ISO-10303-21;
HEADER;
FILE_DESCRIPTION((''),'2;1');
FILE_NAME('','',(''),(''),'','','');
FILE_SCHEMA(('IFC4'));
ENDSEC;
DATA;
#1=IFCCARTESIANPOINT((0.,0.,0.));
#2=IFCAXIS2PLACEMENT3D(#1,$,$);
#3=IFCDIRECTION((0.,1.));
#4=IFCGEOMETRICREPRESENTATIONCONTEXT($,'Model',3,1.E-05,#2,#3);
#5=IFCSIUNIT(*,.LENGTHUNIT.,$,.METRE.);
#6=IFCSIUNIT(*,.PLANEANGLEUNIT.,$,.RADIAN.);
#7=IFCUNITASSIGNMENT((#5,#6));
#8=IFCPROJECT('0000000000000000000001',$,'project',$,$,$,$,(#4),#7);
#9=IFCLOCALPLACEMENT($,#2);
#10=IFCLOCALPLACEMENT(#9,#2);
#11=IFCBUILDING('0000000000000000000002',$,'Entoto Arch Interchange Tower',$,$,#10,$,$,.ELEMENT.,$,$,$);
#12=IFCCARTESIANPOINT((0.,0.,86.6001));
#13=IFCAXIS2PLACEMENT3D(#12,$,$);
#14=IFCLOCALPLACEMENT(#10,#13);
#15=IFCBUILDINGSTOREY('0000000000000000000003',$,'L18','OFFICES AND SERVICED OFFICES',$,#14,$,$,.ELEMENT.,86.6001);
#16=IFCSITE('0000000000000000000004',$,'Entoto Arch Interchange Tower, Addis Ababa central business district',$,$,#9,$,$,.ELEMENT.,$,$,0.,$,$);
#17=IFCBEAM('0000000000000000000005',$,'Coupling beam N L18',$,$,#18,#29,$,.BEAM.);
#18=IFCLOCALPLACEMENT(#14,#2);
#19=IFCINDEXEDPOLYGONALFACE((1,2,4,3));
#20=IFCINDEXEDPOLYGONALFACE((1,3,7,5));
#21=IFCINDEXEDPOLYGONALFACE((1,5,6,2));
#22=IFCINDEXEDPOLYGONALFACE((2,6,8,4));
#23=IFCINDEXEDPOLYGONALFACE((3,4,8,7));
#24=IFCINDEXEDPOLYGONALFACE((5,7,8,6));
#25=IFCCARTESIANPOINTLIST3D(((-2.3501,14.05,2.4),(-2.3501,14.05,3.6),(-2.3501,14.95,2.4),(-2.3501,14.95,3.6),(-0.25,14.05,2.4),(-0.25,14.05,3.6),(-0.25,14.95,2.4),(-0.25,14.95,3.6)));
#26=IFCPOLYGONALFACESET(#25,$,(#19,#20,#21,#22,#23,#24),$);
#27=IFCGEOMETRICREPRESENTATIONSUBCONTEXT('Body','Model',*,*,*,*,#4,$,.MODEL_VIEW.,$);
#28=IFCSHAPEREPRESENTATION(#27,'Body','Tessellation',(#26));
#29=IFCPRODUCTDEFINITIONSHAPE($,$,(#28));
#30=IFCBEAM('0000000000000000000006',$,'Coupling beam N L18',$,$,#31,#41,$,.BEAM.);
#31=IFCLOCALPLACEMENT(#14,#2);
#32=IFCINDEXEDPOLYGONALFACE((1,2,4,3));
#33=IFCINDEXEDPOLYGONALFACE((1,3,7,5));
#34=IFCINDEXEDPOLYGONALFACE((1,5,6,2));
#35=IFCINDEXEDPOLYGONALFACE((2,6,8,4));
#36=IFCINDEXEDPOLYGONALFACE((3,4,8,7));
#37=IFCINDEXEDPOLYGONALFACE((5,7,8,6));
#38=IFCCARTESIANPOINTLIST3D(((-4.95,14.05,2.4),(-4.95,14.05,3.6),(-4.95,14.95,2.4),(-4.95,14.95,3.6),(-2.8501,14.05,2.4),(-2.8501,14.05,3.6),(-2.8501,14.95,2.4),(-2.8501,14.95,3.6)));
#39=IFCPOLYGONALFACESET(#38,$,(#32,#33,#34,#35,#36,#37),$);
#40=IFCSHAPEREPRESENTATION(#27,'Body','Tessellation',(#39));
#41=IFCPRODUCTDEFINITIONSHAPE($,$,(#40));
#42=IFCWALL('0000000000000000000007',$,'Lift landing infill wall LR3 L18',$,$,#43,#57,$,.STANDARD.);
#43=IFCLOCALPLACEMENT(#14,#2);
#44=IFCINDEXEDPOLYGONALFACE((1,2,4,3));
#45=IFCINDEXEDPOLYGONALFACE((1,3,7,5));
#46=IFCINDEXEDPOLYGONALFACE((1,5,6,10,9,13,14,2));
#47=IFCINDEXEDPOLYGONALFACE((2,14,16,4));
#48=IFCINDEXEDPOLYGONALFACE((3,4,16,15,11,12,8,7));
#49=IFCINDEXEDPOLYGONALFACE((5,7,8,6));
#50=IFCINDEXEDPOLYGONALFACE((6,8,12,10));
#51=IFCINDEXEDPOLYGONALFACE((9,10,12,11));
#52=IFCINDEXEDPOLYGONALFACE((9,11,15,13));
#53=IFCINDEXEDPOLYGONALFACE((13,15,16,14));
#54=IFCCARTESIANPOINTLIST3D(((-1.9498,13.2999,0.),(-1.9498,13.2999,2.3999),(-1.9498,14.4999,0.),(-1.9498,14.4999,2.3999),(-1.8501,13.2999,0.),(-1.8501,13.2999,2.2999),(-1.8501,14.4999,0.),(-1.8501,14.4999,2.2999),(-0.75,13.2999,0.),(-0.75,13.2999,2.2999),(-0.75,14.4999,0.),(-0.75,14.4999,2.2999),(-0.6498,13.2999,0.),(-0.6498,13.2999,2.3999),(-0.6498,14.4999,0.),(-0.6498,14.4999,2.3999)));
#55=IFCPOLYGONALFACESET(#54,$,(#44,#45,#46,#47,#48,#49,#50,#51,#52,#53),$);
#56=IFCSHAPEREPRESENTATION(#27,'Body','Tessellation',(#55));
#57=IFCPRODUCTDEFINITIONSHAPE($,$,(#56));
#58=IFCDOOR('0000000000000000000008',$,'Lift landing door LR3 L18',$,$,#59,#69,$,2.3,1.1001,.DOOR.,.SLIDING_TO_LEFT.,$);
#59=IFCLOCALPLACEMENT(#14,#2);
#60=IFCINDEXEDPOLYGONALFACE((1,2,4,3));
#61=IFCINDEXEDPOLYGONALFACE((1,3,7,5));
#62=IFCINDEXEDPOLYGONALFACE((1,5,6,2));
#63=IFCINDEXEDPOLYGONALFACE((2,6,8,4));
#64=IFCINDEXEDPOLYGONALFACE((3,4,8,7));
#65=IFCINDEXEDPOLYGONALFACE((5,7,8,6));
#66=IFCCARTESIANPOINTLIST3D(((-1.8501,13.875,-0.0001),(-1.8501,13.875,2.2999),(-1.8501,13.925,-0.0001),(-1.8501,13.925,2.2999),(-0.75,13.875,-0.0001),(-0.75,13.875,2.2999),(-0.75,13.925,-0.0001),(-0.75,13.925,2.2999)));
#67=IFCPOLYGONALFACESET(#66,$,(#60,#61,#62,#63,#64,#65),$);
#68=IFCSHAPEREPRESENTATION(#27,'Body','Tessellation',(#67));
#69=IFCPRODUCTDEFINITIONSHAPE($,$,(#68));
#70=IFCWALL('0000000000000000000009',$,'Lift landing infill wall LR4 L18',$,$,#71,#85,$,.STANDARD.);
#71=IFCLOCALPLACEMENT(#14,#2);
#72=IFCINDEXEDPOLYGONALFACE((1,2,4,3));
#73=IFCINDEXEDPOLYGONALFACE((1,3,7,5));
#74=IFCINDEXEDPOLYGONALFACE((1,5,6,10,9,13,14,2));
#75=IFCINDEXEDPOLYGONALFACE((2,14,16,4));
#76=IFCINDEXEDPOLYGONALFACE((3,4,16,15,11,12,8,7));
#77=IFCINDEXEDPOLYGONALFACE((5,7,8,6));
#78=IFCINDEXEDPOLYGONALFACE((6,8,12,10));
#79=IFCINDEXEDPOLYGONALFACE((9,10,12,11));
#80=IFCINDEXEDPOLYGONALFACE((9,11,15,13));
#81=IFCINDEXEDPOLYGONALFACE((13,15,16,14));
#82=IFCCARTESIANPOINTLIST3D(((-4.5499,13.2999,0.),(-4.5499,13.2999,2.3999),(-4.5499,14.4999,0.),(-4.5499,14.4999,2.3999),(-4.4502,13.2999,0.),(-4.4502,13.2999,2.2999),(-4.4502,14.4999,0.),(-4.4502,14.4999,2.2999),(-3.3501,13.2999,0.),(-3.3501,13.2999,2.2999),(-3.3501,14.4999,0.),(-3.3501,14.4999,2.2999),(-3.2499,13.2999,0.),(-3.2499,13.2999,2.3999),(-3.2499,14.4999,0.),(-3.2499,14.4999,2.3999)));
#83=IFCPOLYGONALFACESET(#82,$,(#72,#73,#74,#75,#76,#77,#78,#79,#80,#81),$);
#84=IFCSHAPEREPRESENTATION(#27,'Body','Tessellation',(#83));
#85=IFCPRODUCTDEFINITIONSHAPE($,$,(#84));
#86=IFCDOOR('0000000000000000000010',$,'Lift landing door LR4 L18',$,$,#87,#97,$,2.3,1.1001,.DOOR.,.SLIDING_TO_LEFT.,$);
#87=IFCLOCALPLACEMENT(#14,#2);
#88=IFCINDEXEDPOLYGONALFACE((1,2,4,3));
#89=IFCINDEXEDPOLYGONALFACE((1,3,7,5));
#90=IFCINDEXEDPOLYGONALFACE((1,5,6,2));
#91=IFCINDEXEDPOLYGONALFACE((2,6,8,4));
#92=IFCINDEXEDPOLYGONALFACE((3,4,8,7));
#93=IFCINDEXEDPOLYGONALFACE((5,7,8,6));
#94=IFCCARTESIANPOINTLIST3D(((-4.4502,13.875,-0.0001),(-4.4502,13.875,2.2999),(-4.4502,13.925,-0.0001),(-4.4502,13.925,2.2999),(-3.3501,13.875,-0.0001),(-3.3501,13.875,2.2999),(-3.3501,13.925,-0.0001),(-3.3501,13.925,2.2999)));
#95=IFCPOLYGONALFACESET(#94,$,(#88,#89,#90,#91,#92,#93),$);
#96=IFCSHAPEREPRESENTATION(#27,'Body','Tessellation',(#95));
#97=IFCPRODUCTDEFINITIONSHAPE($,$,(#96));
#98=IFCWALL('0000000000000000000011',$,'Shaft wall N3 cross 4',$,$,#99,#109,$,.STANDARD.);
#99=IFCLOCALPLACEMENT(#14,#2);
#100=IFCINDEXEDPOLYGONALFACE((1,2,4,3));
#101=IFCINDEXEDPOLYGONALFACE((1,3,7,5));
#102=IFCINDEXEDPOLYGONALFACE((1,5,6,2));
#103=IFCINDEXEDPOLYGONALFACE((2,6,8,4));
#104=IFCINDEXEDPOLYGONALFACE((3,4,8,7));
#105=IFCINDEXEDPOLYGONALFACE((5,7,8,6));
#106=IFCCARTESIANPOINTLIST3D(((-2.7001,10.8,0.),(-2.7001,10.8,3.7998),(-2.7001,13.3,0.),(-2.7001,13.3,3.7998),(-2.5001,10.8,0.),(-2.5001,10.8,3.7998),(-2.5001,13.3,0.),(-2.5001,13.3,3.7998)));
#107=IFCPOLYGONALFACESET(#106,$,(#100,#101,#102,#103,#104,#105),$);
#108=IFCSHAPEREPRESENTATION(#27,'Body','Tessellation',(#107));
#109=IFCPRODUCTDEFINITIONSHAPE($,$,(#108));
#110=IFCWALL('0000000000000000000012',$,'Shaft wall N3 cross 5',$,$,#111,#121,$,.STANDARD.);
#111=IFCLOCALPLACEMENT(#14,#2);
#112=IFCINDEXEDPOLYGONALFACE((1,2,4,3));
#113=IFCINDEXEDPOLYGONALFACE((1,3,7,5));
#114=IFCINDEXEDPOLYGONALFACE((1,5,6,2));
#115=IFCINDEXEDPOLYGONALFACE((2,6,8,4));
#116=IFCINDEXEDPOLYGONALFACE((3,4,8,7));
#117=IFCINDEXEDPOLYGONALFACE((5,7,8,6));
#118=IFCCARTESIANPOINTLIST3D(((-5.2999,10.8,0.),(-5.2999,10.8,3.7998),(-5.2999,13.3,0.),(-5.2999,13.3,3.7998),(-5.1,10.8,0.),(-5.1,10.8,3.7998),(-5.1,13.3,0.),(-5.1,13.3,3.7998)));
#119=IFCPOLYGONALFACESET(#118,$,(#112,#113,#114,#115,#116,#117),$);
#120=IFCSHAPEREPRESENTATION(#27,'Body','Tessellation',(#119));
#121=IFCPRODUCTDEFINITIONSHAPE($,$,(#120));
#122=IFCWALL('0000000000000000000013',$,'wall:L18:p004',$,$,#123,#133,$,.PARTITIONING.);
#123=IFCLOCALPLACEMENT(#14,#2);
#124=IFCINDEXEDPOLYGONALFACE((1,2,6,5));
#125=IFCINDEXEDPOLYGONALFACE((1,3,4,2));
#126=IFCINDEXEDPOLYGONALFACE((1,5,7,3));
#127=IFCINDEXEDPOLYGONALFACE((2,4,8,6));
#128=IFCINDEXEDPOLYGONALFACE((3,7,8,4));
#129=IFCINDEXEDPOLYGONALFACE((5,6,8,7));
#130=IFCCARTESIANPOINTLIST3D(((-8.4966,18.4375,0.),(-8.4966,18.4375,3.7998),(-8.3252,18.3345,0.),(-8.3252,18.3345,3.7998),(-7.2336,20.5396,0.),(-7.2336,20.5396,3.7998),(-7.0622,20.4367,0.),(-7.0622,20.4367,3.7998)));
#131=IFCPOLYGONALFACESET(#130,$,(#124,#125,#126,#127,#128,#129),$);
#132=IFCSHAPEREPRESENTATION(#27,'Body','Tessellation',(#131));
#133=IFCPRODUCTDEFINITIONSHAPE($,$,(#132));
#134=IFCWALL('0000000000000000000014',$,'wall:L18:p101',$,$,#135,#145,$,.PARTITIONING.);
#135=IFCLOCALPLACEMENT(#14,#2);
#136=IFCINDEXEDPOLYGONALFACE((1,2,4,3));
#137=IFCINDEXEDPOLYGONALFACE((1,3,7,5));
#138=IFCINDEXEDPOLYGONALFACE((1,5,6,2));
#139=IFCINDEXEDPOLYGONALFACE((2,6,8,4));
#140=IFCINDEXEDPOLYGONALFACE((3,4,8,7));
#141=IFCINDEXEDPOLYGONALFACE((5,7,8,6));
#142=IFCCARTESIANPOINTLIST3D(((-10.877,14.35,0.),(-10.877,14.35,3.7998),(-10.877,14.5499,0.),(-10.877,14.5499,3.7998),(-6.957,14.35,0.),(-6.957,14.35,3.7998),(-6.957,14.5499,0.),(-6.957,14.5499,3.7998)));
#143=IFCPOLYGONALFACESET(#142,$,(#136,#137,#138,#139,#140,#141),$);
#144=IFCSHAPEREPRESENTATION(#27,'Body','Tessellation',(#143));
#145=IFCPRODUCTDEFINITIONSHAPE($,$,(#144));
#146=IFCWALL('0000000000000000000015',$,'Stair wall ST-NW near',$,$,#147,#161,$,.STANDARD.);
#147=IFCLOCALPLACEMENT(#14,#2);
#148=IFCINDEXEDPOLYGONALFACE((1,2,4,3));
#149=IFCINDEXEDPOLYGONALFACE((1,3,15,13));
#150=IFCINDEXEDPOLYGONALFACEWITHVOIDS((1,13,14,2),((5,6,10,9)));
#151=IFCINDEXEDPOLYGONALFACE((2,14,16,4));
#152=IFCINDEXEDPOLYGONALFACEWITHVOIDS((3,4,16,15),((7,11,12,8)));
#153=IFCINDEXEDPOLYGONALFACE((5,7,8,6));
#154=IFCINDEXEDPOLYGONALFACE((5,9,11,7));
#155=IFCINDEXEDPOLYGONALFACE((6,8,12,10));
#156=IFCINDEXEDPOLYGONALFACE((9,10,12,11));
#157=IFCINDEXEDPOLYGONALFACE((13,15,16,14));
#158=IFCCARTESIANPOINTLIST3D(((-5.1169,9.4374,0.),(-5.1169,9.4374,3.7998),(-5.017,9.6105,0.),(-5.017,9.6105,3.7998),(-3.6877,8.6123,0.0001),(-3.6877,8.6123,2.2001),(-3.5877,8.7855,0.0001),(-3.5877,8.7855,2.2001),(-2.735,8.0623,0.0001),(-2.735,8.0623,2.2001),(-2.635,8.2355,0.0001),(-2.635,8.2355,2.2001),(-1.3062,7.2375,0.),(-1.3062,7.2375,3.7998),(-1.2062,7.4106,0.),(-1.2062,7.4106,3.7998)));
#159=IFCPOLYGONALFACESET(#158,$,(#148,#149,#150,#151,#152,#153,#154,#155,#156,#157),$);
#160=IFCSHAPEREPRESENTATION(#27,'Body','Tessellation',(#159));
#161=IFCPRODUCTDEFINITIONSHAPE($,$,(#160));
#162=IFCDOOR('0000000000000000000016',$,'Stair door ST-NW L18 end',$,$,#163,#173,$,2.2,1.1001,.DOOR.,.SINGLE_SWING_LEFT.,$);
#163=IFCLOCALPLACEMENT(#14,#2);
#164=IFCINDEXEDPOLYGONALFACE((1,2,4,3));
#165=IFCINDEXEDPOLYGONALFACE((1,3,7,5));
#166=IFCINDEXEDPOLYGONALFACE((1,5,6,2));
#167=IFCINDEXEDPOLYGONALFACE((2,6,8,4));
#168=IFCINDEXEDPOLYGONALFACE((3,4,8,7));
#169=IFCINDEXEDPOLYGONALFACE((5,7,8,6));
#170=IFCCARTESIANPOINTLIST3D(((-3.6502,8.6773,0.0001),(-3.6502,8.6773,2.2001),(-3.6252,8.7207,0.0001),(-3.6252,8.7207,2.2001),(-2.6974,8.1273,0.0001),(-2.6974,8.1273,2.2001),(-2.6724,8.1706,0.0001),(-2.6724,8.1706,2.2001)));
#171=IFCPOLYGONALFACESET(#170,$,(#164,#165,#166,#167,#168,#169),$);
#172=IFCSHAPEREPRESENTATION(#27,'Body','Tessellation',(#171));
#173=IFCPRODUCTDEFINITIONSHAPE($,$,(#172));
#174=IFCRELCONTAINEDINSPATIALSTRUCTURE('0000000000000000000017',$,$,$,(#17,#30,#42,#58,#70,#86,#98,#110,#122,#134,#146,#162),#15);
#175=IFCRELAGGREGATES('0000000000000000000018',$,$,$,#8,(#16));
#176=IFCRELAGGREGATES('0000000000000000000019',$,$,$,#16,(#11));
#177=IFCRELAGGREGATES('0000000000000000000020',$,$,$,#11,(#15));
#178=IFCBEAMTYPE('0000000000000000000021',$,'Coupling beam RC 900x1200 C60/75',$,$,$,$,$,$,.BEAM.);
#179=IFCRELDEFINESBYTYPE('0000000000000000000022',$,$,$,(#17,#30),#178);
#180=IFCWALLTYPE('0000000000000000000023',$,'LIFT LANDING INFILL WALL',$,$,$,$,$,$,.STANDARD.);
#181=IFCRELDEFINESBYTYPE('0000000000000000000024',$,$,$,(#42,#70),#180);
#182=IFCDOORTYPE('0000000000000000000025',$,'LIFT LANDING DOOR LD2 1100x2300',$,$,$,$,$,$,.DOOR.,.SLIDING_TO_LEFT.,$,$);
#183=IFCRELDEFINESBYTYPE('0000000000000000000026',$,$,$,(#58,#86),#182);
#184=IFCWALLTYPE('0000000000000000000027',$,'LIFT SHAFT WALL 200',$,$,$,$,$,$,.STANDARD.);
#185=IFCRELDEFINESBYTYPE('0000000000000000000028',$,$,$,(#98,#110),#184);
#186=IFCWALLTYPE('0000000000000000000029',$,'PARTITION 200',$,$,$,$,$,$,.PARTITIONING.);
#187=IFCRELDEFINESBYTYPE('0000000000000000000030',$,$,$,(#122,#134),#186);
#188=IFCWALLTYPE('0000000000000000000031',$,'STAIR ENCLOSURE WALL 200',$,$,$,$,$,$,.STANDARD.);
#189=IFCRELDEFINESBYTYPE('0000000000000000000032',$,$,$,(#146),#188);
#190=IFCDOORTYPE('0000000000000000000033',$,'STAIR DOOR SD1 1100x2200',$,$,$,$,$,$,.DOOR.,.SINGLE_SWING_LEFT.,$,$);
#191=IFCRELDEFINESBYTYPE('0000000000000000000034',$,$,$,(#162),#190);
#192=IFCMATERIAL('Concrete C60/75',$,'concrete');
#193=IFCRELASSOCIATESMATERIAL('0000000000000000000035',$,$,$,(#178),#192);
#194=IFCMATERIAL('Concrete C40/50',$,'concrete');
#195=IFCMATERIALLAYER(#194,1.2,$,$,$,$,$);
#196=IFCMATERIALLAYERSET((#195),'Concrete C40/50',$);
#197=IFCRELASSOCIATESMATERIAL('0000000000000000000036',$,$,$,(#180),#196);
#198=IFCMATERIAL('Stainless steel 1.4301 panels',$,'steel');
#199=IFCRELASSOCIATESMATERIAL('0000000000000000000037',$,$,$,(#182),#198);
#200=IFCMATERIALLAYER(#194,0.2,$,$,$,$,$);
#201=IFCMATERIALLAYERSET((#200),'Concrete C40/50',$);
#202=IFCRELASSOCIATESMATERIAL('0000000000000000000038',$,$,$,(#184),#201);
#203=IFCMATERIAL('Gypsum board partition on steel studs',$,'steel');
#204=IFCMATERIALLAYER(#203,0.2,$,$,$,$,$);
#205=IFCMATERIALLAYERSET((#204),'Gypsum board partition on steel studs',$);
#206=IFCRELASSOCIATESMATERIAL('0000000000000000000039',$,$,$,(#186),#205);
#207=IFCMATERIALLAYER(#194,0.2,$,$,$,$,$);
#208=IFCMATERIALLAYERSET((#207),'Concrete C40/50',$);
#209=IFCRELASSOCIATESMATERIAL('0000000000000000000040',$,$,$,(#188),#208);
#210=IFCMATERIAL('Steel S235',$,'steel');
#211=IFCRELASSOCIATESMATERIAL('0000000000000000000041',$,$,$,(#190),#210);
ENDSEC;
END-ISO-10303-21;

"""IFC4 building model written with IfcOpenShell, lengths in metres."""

from ifc_helpers import new_model, si_unit, direction, frame, frame_2d, origin, origin_2d, place, context, subcontext, project, spatial, rectangle, extrude, material, layer, layer_set, material_profile, profile_set, type_object, element, fill, save


model = new_model("IFC4")

# Units and contexts
model_context = context("Model", 3, precision=1e-05, world=origin(), true_north=direction((0.0, 1.0)))
body_context = subcontext(model_context, "Body", "Model", "MODEL_VIEW")
ifc_project = project(units=[si_unit("LENGTHUNIT", "METRE"), si_unit("PLANEANGLEUNIT", "RADIAN")], contexts=[model_context])

# Site, building, storey
site_placement = place(None, origin())
site = spatial("IfcSite", under=ifc_project, at=site_placement, Name="Entoto Arch Interchange Tower, Addis Ababa central business district", CompositionType="ELEMENT", RefElevation=0.0)
building_placement = place(site_placement, origin())
building = spatial("IfcBuilding", under=site, at=building_placement, Name="Entoto Arch Interchange Tower", CompositionType="ELEMENT")
storey_placement = place(building_placement, frame((0.0, 0.0, 86.6001)))
storey = spatial("IfcBuildingStorey", under=building, at=storey_placement, Name="L18", Description="OFFICES AND SERVICED OFFICES", CompositionType="ELEMENT", Elevation=86.6001)

# Beams
ifc_material_1 = material(Name="Concrete C60/75", Category="concrete")
ifc_material_profile = material_profile(ifc_material_1, rectangle(XDim=0.8999, YDim=1.2, at=origin_2d()))
ifc_profile_set = profile_set([ifc_material_profile], Name="Concrete C60/75")
beam_type = type_object("IfcBeamType", Name="Coupling beam RC 900x1200 C60/75", PredefinedType="BEAM", material=ifc_profile_set)
beam_1_placement = place(storey_placement, frame((-0.25, 14.5, 3.0), z_axis=(-1.0, 0.0, 0.0), x_axis=(0.0, -1.0, 0.0)))
element("IfcBeam", 1, at=beam_1_placement, inside=storey, type_object=beam_type, Name="Coupling beam N L18", PredefinedType="BEAM", context=body_context, shape_type="SweptSolid", body=[
    extrude(rectangle(XDim=0.8999, YDim=1.2, at=origin_2d()), origin(), (0.0, 0.0, 1.0), 2.1001),
])
beam_2_placement = place(storey_placement, frame((-2.8501, 14.5, 3.0), z_axis=(-1.0, 0.0, 0.0), x_axis=(0.0, -1.0, 0.0)))
element("IfcBeam", 2, at=beam_2_placement, inside=storey, type_object=beam_type, Name="Coupling beam N L18", PredefinedType="BEAM", context=body_context, shape_type="SweptSolid", body=[
    extrude(rectangle(XDim=0.8999, YDim=1.2, at=origin_2d()), origin(), (0.0, 0.0, 1.0), 2.0999),
])

# Walls, openings, doors
ifc_material_2 = material(Name="Concrete C40/50", Category="concrete")
ifc_layer_1 = layer(ifc_material_2, 1.2)
ifc_layer_set_1 = layer_set([ifc_layer_1], Name="Concrete C40/50")
wall_type_1 = type_object("IfcWallType", Name="LIFT LANDING INFILL WALL", PredefinedType="STANDARD", material=ifc_layer_set_1)
wall_1_placement = place(storey_placement, frame((-0.6499, 13.8999, 0.0), z_axis=(0.0, 0.0, 1.0), x_axis=(-1.0, 0.0, 0.0)))
wall_1 = element("IfcWall", 3, at=wall_1_placement, inside=storey, type_object=wall_type_1, Name="Lift landing infill wall LR3 L18", PredefinedType="STANDARD", context=body_context, shape_type="SweptSolid", body=[
    extrude(rectangle(XDim=1.3, YDim=1.2, at=frame_2d((0.6499, 0.0))), origin(), (0.0, 0.0, 1.0), 2.3999),
])
opening_1_placement = place(wall_1_placement, frame((0.1001, 0.0, 0.0)))
opening_1 = element("IfcOpeningElement", 4, at=opening_1_placement, cuts=wall_1, PredefinedType="OPENING", context=body_context, shape_type="SweptSolid", body=[
    extrude(rectangle(XDim=1.1001, YDim=2.3, at=frame_2d((0.55, 1.1499))), frame((0.0, 0.6099, 0.0), z_axis=(0.0, -1.0, 0.0), x_axis=(1.0, 0.0, 0.0)), (0.0, 0.0, 1.0), 1.22),
])
ifc_material_3 = material(Name="Stainless steel 1.4301 panels", Category="steel")
door_type_1 = type_object("IfcDoorType", Name="LIFT LANDING DOOR LD2 1100x2300", OperationType="SLIDING_TO_LEFT", PredefinedType="DOOR", material=ifc_material_3)
door_1_placement = place(opening_1_placement, origin())
door_1 = element("IfcDoor", 5, at=door_1_placement, inside=storey, type_object=door_type_1, Name="Lift landing door LR3 L18", OperationType="SLIDING_TO_LEFT", OverallHeight=2.3, OverallWidth=1.1001, PredefinedType="DOOR", context=body_context, shape_type="SweptSolid", body=[
    extrude(rectangle(XDim=1.1001, YDim=2.3, at=frame_2d((0.55, 1.1499))), frame((0.0, 0.0249, 0.0), z_axis=(0.0, -1.0, 0.0), x_axis=(1.0, 0.0, 0.0)), (0.0, 0.0, 1.0), 0.05),
])
fill(opening_1, door_1)
wall_2_placement = place(storey_placement, frame((-3.25, 13.8999, 0.0), z_axis=(0.0, 0.0, 1.0), x_axis=(-1.0, 0.0, 0.0)))
wall_2 = element("IfcWall", 6, at=wall_2_placement, inside=storey, type_object=wall_type_1, Name="Lift landing infill wall LR4 L18", PredefinedType="STANDARD", context=body_context, shape_type="SweptSolid", body=[
    extrude(rectangle(XDim=1.3, YDim=1.2, at=frame_2d((0.6499, 0.0))), origin(), (0.0, 0.0, 1.0), 2.3999),
])
opening_2_placement = place(wall_2_placement, frame((0.1001, 0.0, 0.0)))
opening_2 = element("IfcOpeningElement", 7, at=opening_2_placement, cuts=wall_2, PredefinedType="OPENING", context=body_context, shape_type="SweptSolid", body=[
    extrude(rectangle(XDim=1.1001, YDim=2.3, at=frame_2d((0.55, 1.1499))), frame((0.0, 0.6099, 0.0), z_axis=(0.0, -1.0, 0.0), x_axis=(1.0, 0.0, 0.0)), (0.0, 0.0, 1.0), 1.22),
])
door_2_placement = place(opening_2_placement, origin())
door_2 = element("IfcDoor", 8, at=door_2_placement, inside=storey, type_object=door_type_1, Name="Lift landing door LR4 L18", OperationType="SLIDING_TO_LEFT", OverallHeight=2.3, OverallWidth=1.1001, PredefinedType="DOOR", context=body_context, shape_type="SweptSolid", body=[
    extrude(rectangle(XDim=1.1001, YDim=2.3, at=frame_2d((0.55, 1.1499))), frame((0.0, 0.0249, 0.0), z_axis=(0.0, -1.0, 0.0), x_axis=(1.0, 0.0, 0.0)), (0.0, 0.0, 1.0), 0.05),
])
fill(opening_2, door_2)

# Walls
ifc_layer_2 = layer(ifc_material_2, 0.2)
ifc_layer_set_2 = layer_set([ifc_layer_2], Name="Concrete C40/50")
wall_type_2 = type_object("IfcWallType", Name="LIFT SHAFT WALL 200", PredefinedType="STANDARD", material=ifc_layer_set_2)
for number, where, z_axis, x_axis, name in (
    (9, (-2.6001, 10.8, 0.0), (0.0, 0.0, 1.0), (0.0, 1.0, 0.0), "Shaft wall N3 cross 4"),
    (10, (-5.2, 10.8, 0.0), (0.0, 0.0, 1.0), (0.0, 1.0, 0.0), "Shaft wall N3 cross 5"),
):
    element("IfcWall", number, at=place(storey_placement, frame(where, z_axis=z_axis, x_axis=x_axis)), inside=storey, type_object=wall_type_2, Name=name, PredefinedType="STANDARD", context=body_context, shape_type="SweptSolid", body=[
        extrude(rectangle(XDim=2.5, YDim=0.2, at=frame_2d((1.25, 0.0))), origin(), (0.0, 0.0, 1.0), 3.7998),
    ])
ifc_material_4 = material(Name="Gypsum board partition on steel studs", Category="steel")
ifc_layer_3 = layer(ifc_material_4, 0.2)
ifc_layer_set_3 = layer_set([ifc_layer_3], Name="Gypsum board partition on steel studs")
wall_type_3 = type_object("IfcWallType", Name="PARTITION 200", PredefinedType="PARTITIONING", material=ifc_layer_set_3)
wall_3_placement = place(storey_placement, frame((-7.1479, 20.488, 0.0), z_axis=(0.0, 0.0, 1.0), x_axis=(-0.515008, -0.857185, 0.0)))
element("IfcWall", 11, at=wall_3_placement, inside=storey, type_object=wall_type_3, Name="wall:L18:p004", PredefinedType="PARTITIONING", context=body_context, shape_type="SweptSolid", body=[
    extrude(rectangle(XDim=2.4524, YDim=0.2, at=frame_2d((1.2261, 0.0))), origin(), (0.0, 0.0, 1.0), 3.7998),
])
wall_4_placement = place(storey_placement, frame((-6.957, 14.45, 0.0), z_axis=(0.0, 0.0, 1.0), x_axis=(-1.0, 0.0, 0.0)))
element("IfcWall", 12, at=wall_4_placement, inside=storey, type_object=wall_type_3, Name="wall:L18:p101", PredefinedType="PARTITIONING", context=body_context, shape_type="SweptSolid", body=[
    extrude(rectangle(XDim=3.9199, YDim=0.2, at=frame_2d((1.96, 0.0))), origin(), (0.0, 0.0, 1.0), 3.7998),
])

# Wall, opening, door
ifc_layer_4 = layer(ifc_material_2, 0.2)
ifc_layer_set_4 = layer_set([ifc_layer_4], Name="Concrete C40/50")
wall_type_4 = type_object("IfcWallType", Name="STAIR ENCLOSURE WALL 200", PredefinedType="STANDARD", material=ifc_layer_set_4)
wall_5_placement = place(storey_placement, frame((-1.2561, 7.324, 0.0), z_axis=(0.0, 0.0, 1.0), x_axis=(-0.866046, 0.499964, 0.0)))
wall_5 = element("IfcWall", 13, at=wall_5_placement, inside=storey, type_object=wall_type_4, Name="Stair wall ST-NW near", PredefinedType="STANDARD", context=body_context, shape_type="SweptSolid", body=[
    extrude(rectangle(XDim=4.4001, YDim=0.2, at=frame_2d((2.2002, 0.0))), origin(), (0.0, 0.0, 1.0), 3.7998),
])
opening_3_placement = place(wall_5_placement, frame((1.6499, 0.0, 0.0)))
opening_3 = element("IfcOpeningElement", 14, at=opening_3_placement, cuts=wall_5, PredefinedType="OPENING", context=body_context, shape_type="SweptSolid", body=[
    extrude(rectangle(XDim=1.1001, YDim=2.2, at=frame_2d((0.55, 1.1001))), frame((0.0, 0.1099, 0.0), z_axis=(0.0, -1.0, 0.0), x_axis=(1.0, 0.0, 0.0)), (0.0, 0.0, 1.0), 0.22),
])
ifc_material_5 = material(Name="Steel S235", Category="steel")
door_type_2 = type_object("IfcDoorType", Name="STAIR DOOR SD1 1100x2200", OperationType="SINGLE_SWING_LEFT", PredefinedType="DOOR", material=ifc_material_5)
door_3_placement = place(opening_3_placement, origin())
door_3 = element("IfcDoor", 15, at=door_3_placement, inside=storey, type_object=door_type_2, Name="Stair door ST-NW L18 end", OperationType="SINGLE_SWING_LEFT", OverallHeight=2.2, OverallWidth=1.1001, PredefinedType="DOOR", context=body_context, shape_type="SweptSolid", body=[
    extrude(rectangle(XDim=1.1001, YDim=2.2, at=frame_2d((0.55, 1.1001))), frame((0.0, 0.0249, 0.0), z_axis=(0.0, -1.0, 0.0), x_axis=(1.0, 0.0, 0.0)), (0.0, 0.0, 1.0), 0.05),
])
fill(opening_3, door_3)

save(model, "model.ifc")
